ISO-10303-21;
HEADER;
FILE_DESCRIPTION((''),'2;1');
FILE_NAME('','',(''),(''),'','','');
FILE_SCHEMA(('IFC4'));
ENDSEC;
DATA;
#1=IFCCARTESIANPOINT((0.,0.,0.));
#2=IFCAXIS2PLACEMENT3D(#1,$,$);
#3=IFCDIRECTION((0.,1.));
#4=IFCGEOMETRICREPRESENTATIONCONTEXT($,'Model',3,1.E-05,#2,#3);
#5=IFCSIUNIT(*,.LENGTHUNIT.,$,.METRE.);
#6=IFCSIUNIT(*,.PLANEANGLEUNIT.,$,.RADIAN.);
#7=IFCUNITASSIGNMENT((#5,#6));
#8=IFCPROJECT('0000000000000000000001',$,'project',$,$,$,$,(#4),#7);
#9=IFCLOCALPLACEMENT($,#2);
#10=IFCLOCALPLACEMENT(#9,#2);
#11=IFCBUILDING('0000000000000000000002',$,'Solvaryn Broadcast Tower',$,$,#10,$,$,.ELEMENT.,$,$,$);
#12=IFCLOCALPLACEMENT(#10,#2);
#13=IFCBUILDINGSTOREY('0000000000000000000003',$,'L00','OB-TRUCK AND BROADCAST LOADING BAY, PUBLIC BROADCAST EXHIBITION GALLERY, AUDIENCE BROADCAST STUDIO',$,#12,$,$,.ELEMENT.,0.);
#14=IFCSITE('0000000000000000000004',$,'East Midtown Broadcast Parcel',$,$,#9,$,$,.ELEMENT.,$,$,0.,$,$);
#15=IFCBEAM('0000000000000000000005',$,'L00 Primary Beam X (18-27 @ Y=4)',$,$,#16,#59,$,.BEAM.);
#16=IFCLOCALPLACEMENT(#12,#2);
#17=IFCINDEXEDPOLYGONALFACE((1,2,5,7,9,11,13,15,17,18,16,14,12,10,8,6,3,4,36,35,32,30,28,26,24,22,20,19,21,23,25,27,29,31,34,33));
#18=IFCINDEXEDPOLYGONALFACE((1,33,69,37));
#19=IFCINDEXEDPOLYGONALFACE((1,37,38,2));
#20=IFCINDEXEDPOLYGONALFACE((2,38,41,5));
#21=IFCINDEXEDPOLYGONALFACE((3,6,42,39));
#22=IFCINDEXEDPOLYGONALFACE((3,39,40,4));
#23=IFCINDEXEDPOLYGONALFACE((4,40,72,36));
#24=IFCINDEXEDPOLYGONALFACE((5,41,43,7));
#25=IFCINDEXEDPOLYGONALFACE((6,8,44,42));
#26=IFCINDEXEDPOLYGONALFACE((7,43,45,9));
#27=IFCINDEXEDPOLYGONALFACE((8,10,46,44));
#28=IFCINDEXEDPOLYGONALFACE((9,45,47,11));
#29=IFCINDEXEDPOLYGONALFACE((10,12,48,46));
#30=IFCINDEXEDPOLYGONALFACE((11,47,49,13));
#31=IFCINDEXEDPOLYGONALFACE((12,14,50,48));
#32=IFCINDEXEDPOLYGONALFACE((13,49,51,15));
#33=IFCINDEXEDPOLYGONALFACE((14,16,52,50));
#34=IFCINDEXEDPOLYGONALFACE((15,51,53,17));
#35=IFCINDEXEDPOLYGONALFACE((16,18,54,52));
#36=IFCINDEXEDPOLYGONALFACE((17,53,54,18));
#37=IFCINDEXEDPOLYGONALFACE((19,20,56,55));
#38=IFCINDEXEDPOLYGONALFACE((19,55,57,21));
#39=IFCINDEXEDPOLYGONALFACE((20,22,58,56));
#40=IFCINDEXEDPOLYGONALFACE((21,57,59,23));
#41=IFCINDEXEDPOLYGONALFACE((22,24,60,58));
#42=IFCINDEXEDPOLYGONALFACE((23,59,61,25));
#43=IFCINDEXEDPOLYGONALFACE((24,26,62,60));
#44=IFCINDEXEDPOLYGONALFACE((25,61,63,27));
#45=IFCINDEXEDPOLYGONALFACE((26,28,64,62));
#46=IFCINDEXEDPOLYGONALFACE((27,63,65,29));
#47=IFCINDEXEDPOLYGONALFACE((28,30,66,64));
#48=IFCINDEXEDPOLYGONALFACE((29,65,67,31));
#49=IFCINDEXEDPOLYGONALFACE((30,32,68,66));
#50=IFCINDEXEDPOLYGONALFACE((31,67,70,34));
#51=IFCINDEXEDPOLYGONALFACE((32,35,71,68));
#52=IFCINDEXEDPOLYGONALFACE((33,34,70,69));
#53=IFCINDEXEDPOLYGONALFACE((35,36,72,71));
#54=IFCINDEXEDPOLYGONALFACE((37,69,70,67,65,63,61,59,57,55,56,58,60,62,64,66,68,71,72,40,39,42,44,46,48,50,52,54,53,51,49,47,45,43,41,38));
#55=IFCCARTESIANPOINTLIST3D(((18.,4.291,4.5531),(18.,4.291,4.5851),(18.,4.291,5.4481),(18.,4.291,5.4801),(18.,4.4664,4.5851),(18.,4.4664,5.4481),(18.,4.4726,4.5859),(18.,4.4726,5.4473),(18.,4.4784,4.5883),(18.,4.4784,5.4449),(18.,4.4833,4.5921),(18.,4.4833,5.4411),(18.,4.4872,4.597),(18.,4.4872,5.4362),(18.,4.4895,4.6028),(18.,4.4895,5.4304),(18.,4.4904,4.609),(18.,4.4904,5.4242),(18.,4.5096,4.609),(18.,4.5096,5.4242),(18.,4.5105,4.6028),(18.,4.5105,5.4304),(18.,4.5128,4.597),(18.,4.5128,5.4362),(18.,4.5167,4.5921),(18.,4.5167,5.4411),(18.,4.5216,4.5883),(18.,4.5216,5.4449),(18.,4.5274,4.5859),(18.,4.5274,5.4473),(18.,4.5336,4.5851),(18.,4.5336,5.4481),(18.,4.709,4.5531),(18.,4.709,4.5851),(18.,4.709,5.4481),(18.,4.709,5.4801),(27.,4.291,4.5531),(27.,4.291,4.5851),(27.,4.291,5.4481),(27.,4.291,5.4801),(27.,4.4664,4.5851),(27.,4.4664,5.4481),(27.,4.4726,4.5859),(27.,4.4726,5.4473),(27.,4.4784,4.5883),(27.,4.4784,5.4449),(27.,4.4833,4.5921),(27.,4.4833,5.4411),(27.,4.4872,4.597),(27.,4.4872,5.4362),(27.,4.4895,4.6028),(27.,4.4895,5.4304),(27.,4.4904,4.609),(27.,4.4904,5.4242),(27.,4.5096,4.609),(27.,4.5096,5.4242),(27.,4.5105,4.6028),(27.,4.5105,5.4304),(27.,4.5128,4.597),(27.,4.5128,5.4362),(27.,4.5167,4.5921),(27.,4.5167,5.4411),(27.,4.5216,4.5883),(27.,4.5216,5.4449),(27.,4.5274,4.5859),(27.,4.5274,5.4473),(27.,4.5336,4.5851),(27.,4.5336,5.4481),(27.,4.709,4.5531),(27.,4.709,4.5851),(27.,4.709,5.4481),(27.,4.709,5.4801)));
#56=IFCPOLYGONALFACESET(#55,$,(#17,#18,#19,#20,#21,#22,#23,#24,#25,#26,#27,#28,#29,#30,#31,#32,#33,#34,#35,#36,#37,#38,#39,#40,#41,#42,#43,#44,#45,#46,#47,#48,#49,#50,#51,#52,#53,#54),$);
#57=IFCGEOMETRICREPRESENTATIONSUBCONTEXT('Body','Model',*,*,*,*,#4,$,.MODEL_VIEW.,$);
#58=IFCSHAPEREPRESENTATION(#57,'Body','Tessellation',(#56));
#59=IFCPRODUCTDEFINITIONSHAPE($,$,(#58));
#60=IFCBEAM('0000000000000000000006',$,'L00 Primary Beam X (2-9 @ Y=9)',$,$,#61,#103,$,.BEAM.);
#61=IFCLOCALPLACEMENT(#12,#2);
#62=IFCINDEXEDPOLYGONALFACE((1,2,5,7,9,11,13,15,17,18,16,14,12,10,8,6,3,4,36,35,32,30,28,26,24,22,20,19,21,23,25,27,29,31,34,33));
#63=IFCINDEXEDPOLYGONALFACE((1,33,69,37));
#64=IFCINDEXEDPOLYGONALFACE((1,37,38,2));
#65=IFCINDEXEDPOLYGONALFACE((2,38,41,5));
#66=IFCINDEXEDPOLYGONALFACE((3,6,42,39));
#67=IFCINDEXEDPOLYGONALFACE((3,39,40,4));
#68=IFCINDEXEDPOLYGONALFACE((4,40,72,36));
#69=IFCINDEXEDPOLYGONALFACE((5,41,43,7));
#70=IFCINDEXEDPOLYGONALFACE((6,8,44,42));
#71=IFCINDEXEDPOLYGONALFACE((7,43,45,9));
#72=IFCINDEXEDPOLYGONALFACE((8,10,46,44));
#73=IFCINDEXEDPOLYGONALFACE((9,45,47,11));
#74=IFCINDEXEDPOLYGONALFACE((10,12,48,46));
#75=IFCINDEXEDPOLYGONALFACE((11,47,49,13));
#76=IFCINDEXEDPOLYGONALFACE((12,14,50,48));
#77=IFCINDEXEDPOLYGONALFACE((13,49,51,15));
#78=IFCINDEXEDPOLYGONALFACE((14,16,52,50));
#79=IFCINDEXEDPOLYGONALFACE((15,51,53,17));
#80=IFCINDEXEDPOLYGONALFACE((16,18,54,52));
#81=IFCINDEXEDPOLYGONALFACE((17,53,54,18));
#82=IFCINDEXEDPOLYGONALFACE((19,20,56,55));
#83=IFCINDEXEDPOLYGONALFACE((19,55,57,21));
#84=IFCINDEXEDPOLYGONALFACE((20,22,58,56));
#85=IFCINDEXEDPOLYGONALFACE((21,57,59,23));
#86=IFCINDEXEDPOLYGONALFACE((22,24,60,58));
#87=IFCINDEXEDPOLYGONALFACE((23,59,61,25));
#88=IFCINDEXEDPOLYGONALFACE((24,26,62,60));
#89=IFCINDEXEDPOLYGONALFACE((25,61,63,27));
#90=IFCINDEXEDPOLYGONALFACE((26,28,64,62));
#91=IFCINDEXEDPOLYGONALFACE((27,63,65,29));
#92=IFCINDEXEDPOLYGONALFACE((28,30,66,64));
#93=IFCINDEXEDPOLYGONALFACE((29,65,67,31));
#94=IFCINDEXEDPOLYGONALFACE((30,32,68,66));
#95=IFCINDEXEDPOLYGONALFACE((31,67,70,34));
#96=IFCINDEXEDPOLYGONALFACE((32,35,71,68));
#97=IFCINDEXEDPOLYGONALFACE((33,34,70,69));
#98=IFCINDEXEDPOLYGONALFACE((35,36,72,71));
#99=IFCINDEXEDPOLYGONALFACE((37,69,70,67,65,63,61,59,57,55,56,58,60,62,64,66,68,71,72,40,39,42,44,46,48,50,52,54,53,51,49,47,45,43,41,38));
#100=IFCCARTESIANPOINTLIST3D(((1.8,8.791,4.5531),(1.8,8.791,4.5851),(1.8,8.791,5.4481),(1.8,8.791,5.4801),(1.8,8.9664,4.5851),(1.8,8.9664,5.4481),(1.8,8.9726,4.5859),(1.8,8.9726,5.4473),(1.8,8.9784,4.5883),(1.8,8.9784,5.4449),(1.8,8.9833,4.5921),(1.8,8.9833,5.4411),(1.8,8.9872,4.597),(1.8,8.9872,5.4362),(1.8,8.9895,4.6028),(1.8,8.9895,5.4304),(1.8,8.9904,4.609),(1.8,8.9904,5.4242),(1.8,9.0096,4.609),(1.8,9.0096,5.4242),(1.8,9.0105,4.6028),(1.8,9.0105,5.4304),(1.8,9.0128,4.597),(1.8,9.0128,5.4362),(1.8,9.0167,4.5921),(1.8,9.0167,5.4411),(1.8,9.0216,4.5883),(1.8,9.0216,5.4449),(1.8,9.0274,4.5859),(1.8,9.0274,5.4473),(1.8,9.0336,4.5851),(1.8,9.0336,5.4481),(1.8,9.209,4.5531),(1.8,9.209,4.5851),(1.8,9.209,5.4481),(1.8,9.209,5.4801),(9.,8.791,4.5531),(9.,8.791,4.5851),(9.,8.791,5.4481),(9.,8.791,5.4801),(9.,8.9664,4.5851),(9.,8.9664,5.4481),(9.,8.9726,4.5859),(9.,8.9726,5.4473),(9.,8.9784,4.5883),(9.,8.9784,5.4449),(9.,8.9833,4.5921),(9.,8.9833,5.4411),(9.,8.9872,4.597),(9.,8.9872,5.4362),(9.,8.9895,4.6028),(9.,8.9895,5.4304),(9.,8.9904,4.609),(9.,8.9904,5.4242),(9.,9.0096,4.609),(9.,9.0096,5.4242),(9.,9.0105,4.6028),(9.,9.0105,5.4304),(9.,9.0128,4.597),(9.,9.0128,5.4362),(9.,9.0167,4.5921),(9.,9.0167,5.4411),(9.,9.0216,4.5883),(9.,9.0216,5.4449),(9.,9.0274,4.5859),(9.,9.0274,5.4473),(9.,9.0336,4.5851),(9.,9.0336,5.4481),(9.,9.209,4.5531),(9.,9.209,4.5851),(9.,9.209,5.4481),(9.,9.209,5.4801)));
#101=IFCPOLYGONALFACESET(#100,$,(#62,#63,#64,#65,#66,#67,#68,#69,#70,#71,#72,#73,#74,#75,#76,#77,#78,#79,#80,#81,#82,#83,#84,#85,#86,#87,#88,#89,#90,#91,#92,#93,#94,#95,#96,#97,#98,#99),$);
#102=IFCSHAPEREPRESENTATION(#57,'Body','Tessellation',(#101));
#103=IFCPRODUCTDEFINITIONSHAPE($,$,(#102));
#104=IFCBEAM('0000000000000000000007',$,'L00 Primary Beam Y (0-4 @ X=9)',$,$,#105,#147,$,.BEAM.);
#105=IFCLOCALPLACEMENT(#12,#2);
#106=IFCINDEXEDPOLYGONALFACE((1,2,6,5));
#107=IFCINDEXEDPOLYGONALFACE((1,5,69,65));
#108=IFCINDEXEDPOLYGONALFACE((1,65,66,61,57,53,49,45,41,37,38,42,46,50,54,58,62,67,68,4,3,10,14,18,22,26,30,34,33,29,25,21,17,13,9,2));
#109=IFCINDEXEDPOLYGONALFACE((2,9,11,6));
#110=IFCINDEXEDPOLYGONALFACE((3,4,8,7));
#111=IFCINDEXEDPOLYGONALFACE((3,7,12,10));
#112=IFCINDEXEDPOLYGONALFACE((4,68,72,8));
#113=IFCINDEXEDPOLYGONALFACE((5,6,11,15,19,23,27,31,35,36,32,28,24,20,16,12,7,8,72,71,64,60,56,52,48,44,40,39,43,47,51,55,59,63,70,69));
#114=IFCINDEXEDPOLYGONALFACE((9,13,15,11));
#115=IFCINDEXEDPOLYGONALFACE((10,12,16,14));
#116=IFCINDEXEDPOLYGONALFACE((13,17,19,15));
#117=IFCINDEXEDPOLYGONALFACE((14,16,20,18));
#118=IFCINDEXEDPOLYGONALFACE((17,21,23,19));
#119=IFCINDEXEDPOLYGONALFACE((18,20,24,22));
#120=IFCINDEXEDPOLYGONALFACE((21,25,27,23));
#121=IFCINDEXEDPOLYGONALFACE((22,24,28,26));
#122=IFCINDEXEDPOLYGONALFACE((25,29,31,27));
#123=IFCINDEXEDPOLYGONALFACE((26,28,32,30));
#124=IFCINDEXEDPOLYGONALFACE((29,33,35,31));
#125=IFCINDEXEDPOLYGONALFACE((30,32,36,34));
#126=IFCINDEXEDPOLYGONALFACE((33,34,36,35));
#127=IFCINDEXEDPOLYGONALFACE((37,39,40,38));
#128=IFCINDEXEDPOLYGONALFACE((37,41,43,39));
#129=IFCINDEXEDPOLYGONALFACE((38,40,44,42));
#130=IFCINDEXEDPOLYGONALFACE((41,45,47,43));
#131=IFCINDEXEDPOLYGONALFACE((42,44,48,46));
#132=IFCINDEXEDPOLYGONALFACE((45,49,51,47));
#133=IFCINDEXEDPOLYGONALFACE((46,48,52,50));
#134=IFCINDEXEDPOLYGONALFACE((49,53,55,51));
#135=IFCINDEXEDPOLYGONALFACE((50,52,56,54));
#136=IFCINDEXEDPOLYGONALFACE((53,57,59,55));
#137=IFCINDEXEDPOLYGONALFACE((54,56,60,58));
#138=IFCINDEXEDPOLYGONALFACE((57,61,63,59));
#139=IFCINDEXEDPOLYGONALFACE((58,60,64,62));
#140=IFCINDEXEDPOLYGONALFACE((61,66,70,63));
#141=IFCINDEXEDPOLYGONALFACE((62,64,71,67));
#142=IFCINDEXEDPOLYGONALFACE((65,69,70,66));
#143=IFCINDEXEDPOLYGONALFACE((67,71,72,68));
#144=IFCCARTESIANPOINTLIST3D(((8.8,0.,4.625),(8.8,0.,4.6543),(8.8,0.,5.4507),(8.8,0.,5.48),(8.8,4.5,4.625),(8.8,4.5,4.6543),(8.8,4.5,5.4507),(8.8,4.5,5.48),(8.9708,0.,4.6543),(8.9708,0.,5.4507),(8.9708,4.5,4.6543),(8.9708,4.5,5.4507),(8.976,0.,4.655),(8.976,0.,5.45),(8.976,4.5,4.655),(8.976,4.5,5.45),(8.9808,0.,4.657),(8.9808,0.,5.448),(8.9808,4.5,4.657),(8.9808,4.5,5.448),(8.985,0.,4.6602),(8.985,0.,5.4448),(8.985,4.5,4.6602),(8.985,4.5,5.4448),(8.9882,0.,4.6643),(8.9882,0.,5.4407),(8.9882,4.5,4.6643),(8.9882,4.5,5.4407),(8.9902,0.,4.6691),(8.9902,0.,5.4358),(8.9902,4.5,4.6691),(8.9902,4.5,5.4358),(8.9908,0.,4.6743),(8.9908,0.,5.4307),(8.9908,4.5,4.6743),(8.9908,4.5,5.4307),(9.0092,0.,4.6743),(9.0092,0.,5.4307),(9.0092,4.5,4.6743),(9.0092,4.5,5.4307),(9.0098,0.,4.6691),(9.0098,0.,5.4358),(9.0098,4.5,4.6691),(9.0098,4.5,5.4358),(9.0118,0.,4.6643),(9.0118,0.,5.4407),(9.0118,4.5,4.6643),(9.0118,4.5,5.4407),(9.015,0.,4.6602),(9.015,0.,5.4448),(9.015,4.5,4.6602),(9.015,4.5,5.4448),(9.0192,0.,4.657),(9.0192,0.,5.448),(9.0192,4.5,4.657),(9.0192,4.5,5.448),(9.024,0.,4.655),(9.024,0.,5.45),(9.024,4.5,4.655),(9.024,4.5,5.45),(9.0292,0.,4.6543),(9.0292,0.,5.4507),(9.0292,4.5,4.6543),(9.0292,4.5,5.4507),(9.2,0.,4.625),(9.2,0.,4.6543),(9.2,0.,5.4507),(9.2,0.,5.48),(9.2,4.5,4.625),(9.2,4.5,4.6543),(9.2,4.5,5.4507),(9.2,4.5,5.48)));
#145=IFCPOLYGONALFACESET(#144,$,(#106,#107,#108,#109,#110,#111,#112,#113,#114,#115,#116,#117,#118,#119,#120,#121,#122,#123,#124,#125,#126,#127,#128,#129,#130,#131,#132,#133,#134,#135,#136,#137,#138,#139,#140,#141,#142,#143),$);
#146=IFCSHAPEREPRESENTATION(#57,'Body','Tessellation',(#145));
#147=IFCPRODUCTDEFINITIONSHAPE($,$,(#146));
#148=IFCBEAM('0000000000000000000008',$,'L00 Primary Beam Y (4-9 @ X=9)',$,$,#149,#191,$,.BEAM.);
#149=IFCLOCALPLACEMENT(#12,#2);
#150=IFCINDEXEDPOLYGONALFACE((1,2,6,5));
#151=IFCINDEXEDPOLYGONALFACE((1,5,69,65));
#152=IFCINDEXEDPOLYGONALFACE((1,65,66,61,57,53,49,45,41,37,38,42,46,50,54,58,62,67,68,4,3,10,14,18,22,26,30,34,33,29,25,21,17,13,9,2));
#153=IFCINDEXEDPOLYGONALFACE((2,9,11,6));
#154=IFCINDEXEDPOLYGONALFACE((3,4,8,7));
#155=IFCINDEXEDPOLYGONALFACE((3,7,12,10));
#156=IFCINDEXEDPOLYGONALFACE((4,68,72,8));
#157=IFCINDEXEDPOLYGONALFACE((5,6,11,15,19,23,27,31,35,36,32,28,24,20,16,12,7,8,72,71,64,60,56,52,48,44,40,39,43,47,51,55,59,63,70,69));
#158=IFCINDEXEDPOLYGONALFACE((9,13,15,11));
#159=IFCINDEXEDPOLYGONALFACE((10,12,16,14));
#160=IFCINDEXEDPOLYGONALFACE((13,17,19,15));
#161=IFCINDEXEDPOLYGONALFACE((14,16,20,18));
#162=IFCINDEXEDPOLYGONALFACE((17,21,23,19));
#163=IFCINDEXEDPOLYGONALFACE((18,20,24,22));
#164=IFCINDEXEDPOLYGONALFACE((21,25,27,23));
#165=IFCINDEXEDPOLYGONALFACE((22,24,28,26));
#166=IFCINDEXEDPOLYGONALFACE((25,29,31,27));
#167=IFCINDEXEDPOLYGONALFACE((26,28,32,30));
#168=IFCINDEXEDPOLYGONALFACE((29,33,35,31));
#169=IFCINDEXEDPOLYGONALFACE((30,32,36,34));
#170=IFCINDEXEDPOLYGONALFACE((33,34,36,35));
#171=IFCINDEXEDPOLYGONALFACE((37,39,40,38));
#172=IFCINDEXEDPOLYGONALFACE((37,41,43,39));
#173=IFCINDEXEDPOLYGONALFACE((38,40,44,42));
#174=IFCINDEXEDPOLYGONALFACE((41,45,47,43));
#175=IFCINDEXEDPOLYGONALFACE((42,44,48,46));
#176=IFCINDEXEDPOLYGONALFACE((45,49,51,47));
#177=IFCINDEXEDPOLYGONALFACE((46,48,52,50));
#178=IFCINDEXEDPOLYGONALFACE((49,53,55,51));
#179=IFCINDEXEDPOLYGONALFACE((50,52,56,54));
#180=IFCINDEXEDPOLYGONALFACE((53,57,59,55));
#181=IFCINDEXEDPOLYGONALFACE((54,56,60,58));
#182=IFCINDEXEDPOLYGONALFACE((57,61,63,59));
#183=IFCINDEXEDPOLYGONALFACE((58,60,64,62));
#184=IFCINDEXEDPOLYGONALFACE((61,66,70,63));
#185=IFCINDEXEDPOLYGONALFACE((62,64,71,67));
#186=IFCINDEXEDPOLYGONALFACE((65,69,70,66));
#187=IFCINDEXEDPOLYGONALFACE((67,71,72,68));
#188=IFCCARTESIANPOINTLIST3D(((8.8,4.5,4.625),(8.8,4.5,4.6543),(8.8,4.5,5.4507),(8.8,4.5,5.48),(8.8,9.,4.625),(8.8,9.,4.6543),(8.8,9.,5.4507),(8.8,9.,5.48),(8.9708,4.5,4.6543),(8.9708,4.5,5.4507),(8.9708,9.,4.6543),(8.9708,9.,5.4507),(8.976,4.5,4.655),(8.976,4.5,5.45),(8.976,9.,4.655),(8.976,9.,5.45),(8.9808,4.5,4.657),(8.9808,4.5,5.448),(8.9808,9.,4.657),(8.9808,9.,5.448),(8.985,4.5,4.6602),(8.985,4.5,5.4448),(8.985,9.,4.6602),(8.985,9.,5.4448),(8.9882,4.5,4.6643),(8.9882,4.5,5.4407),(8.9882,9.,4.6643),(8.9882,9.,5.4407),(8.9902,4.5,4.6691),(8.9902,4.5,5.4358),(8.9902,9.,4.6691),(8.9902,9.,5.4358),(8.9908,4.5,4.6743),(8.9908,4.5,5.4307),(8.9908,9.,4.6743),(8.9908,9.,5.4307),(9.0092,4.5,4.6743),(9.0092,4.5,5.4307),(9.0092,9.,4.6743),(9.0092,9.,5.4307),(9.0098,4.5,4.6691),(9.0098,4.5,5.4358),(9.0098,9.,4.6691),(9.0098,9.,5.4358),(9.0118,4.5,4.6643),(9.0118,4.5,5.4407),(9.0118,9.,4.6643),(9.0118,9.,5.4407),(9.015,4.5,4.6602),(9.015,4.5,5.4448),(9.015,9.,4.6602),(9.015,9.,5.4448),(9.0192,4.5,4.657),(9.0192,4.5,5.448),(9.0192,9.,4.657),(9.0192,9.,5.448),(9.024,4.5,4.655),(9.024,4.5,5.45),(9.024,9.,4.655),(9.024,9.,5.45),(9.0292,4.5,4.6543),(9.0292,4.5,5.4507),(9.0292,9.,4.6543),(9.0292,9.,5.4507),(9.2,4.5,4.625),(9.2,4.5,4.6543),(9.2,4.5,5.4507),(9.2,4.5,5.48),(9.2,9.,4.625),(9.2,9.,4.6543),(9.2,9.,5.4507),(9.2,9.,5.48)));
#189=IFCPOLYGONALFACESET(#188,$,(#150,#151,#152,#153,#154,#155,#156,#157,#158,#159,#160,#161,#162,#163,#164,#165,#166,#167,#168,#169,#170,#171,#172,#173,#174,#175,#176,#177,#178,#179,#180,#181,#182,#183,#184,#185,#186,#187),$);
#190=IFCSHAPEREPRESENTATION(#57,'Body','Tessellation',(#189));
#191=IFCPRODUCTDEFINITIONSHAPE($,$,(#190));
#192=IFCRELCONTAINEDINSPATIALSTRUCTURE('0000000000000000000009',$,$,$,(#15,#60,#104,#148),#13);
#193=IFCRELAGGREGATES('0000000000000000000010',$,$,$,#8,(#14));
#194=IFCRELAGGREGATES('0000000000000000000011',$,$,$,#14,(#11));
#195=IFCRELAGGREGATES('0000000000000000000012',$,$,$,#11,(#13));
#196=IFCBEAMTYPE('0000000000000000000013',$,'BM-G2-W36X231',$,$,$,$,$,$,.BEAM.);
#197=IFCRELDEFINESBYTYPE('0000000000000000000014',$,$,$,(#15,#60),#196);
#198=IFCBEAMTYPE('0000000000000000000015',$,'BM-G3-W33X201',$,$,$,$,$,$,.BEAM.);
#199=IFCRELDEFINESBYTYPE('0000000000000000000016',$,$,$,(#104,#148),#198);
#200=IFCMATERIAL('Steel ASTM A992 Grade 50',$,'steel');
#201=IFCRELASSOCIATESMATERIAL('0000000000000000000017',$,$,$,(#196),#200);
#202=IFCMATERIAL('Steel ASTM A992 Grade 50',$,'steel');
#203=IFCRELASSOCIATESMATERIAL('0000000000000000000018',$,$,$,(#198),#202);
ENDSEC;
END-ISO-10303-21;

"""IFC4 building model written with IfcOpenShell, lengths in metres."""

from ifc_helpers import new_model, si_unit, direction, frame, origin, origin_2d, place, context, subcontext, project, spatial, i_section, extrude, material, material_profile, profile_set, type_object, element, save


model = new_model("IFC4")

# Units and contexts
model_context = context("Model", 3, precision=1e-05, world=origin(), true_north=direction((0.0, 1.0)))
body_context = subcontext(model_context, "Body", "Model", "MODEL_VIEW")
ifc_project = project(units=[si_unit("LENGTHUNIT", "METRE"), si_unit("PLANEANGLEUNIT", "RADIAN")], contexts=[model_context])

# Site, building, storey
site_placement = place(None, origin())
site = spatial("IfcSite", under=ifc_project, at=site_placement, Name="East Midtown Broadcast Parcel", CompositionType="ELEMENT", RefElevation=0.0)
building_placement = place(site_placement, origin())
building = spatial("IfcBuilding", under=site, at=building_placement, Name="Solvaryn Broadcast Tower", CompositionType="ELEMENT")
storey_placement = place(building_placement, origin())
storey = spatial("IfcBuildingStorey", under=building, at=storey_placement, Name="L00", Description="OB-TRUCK AND BROADCAST LOADING BAY, PUBLIC BROADCAST EXHIBITION GALLERY, AUDIENCE BROADCAST STUDIO", CompositionType="ELEMENT", Elevation=0.0)

# Beams
ifc_material_1 = material(Name="Steel ASTM A992 Grade 50", Category="steel")
ifc_material_profile_1 = material_profile(ifc_material_1, i_section(OverallWidth=0.418, OverallDepth=0.927, WebThickness=0.0193, FlangeThickness=0.032, FilletRadius=0.0239, at=origin_2d()))
ifc_profile_set_1 = profile_set([ifc_material_profile_1], Name="Steel ASTM A992 Grade 50")
beam_type_1 = type_object("IfcBeamType", Name="BM-G2-W36X231", PredefinedType="BEAM", material=ifc_profile_set_1)
for number, where, z_axis, x_axis, name in (
    (1, (18.0, 4.5, 5.0166), (1.0, 0.0, 0.0), (0.0, 1.0, 0.0), "L00 Primary Beam X (18-27 @ Y=4)"),
):
    element("IfcBeam", number, at=place(storey_placement, frame(where, z_axis=z_axis, x_axis=x_axis)), inside=storey, type_object=beam_type_1, Name=name, PredefinedType="BEAM", context=body_context, shape_type="SweptSolid", body=[
        extrude(i_section(OverallWidth=0.418, OverallDepth=0.927, WebThickness=0.0193, FlangeThickness=0.032, FilletRadius=0.0239, at=origin_2d()), origin(), (0.0, 0.0, 1.0), 9.0),
    ])
beam_1_placement = place(storey_placement, frame((1.8, 9.0, 5.0166), z_axis=(1.0, 0.0, 0.0), x_axis=(0.0, 1.0, 0.0)))
element("IfcBeam", 2, at=beam_1_placement, inside=storey, type_object=beam_type_1, Name="L00 Primary Beam X (2-9 @ Y=9)", PredefinedType="BEAM", context=body_context, shape_type="SweptSolid", body=[
    extrude(i_section(OverallWidth=0.418, OverallDepth=0.927, WebThickness=0.0193, FlangeThickness=0.032, FilletRadius=0.0239, at=origin_2d()), origin(), (0.0, 0.0, 1.0), 7.2),
])
ifc_material_2 = material(Name="Steel ASTM A992 Grade 50", Category="steel")
ifc_material_profile_2 = material_profile(ifc_material_2, i_section(OverallWidth=0.3999, OverallDepth=0.855, WebThickness=0.0183, FlangeThickness=0.0293, FilletRadius=0.02, at=origin_2d()))
ifc_profile_set_2 = profile_set([ifc_material_profile_2], Name="Steel ASTM A992 Grade 50")
beam_type_2 = type_object("IfcBeamType", Name="BM-G3-W33X201", PredefinedType="BEAM", material=ifc_profile_set_2)
for number, where, z_axis, x_axis, name in (
    (3, (9.0, 0.0, 5.0525), (0.0, 1.0, 0.0), (-1.0, 0.0, 0.0), "L00 Primary Beam Y (0-4 @ X=9)"),
    (4, (9.0, 4.5, 5.0525), (0.0, 1.0, 0.0), (-1.0, 0.0, 0.0), "L00 Primary Beam Y (4-9 @ X=9)"),
):
    element("IfcBeam", number, at=place(storey_placement, frame(where, z_axis=z_axis, x_axis=x_axis)), inside=storey, type_object=beam_type_2, Name=name, PredefinedType="BEAM", context=body_context, shape_type="SweptSolid", body=[
        extrude(i_section(OverallWidth=0.3999, OverallDepth=0.855, WebThickness=0.0183, FlangeThickness=0.0293, FilletRadius=0.02, at=origin_2d()), origin(), (0.0, 0.0, 1.0), 4.5),
    ])

save(model, "model.ifc")
